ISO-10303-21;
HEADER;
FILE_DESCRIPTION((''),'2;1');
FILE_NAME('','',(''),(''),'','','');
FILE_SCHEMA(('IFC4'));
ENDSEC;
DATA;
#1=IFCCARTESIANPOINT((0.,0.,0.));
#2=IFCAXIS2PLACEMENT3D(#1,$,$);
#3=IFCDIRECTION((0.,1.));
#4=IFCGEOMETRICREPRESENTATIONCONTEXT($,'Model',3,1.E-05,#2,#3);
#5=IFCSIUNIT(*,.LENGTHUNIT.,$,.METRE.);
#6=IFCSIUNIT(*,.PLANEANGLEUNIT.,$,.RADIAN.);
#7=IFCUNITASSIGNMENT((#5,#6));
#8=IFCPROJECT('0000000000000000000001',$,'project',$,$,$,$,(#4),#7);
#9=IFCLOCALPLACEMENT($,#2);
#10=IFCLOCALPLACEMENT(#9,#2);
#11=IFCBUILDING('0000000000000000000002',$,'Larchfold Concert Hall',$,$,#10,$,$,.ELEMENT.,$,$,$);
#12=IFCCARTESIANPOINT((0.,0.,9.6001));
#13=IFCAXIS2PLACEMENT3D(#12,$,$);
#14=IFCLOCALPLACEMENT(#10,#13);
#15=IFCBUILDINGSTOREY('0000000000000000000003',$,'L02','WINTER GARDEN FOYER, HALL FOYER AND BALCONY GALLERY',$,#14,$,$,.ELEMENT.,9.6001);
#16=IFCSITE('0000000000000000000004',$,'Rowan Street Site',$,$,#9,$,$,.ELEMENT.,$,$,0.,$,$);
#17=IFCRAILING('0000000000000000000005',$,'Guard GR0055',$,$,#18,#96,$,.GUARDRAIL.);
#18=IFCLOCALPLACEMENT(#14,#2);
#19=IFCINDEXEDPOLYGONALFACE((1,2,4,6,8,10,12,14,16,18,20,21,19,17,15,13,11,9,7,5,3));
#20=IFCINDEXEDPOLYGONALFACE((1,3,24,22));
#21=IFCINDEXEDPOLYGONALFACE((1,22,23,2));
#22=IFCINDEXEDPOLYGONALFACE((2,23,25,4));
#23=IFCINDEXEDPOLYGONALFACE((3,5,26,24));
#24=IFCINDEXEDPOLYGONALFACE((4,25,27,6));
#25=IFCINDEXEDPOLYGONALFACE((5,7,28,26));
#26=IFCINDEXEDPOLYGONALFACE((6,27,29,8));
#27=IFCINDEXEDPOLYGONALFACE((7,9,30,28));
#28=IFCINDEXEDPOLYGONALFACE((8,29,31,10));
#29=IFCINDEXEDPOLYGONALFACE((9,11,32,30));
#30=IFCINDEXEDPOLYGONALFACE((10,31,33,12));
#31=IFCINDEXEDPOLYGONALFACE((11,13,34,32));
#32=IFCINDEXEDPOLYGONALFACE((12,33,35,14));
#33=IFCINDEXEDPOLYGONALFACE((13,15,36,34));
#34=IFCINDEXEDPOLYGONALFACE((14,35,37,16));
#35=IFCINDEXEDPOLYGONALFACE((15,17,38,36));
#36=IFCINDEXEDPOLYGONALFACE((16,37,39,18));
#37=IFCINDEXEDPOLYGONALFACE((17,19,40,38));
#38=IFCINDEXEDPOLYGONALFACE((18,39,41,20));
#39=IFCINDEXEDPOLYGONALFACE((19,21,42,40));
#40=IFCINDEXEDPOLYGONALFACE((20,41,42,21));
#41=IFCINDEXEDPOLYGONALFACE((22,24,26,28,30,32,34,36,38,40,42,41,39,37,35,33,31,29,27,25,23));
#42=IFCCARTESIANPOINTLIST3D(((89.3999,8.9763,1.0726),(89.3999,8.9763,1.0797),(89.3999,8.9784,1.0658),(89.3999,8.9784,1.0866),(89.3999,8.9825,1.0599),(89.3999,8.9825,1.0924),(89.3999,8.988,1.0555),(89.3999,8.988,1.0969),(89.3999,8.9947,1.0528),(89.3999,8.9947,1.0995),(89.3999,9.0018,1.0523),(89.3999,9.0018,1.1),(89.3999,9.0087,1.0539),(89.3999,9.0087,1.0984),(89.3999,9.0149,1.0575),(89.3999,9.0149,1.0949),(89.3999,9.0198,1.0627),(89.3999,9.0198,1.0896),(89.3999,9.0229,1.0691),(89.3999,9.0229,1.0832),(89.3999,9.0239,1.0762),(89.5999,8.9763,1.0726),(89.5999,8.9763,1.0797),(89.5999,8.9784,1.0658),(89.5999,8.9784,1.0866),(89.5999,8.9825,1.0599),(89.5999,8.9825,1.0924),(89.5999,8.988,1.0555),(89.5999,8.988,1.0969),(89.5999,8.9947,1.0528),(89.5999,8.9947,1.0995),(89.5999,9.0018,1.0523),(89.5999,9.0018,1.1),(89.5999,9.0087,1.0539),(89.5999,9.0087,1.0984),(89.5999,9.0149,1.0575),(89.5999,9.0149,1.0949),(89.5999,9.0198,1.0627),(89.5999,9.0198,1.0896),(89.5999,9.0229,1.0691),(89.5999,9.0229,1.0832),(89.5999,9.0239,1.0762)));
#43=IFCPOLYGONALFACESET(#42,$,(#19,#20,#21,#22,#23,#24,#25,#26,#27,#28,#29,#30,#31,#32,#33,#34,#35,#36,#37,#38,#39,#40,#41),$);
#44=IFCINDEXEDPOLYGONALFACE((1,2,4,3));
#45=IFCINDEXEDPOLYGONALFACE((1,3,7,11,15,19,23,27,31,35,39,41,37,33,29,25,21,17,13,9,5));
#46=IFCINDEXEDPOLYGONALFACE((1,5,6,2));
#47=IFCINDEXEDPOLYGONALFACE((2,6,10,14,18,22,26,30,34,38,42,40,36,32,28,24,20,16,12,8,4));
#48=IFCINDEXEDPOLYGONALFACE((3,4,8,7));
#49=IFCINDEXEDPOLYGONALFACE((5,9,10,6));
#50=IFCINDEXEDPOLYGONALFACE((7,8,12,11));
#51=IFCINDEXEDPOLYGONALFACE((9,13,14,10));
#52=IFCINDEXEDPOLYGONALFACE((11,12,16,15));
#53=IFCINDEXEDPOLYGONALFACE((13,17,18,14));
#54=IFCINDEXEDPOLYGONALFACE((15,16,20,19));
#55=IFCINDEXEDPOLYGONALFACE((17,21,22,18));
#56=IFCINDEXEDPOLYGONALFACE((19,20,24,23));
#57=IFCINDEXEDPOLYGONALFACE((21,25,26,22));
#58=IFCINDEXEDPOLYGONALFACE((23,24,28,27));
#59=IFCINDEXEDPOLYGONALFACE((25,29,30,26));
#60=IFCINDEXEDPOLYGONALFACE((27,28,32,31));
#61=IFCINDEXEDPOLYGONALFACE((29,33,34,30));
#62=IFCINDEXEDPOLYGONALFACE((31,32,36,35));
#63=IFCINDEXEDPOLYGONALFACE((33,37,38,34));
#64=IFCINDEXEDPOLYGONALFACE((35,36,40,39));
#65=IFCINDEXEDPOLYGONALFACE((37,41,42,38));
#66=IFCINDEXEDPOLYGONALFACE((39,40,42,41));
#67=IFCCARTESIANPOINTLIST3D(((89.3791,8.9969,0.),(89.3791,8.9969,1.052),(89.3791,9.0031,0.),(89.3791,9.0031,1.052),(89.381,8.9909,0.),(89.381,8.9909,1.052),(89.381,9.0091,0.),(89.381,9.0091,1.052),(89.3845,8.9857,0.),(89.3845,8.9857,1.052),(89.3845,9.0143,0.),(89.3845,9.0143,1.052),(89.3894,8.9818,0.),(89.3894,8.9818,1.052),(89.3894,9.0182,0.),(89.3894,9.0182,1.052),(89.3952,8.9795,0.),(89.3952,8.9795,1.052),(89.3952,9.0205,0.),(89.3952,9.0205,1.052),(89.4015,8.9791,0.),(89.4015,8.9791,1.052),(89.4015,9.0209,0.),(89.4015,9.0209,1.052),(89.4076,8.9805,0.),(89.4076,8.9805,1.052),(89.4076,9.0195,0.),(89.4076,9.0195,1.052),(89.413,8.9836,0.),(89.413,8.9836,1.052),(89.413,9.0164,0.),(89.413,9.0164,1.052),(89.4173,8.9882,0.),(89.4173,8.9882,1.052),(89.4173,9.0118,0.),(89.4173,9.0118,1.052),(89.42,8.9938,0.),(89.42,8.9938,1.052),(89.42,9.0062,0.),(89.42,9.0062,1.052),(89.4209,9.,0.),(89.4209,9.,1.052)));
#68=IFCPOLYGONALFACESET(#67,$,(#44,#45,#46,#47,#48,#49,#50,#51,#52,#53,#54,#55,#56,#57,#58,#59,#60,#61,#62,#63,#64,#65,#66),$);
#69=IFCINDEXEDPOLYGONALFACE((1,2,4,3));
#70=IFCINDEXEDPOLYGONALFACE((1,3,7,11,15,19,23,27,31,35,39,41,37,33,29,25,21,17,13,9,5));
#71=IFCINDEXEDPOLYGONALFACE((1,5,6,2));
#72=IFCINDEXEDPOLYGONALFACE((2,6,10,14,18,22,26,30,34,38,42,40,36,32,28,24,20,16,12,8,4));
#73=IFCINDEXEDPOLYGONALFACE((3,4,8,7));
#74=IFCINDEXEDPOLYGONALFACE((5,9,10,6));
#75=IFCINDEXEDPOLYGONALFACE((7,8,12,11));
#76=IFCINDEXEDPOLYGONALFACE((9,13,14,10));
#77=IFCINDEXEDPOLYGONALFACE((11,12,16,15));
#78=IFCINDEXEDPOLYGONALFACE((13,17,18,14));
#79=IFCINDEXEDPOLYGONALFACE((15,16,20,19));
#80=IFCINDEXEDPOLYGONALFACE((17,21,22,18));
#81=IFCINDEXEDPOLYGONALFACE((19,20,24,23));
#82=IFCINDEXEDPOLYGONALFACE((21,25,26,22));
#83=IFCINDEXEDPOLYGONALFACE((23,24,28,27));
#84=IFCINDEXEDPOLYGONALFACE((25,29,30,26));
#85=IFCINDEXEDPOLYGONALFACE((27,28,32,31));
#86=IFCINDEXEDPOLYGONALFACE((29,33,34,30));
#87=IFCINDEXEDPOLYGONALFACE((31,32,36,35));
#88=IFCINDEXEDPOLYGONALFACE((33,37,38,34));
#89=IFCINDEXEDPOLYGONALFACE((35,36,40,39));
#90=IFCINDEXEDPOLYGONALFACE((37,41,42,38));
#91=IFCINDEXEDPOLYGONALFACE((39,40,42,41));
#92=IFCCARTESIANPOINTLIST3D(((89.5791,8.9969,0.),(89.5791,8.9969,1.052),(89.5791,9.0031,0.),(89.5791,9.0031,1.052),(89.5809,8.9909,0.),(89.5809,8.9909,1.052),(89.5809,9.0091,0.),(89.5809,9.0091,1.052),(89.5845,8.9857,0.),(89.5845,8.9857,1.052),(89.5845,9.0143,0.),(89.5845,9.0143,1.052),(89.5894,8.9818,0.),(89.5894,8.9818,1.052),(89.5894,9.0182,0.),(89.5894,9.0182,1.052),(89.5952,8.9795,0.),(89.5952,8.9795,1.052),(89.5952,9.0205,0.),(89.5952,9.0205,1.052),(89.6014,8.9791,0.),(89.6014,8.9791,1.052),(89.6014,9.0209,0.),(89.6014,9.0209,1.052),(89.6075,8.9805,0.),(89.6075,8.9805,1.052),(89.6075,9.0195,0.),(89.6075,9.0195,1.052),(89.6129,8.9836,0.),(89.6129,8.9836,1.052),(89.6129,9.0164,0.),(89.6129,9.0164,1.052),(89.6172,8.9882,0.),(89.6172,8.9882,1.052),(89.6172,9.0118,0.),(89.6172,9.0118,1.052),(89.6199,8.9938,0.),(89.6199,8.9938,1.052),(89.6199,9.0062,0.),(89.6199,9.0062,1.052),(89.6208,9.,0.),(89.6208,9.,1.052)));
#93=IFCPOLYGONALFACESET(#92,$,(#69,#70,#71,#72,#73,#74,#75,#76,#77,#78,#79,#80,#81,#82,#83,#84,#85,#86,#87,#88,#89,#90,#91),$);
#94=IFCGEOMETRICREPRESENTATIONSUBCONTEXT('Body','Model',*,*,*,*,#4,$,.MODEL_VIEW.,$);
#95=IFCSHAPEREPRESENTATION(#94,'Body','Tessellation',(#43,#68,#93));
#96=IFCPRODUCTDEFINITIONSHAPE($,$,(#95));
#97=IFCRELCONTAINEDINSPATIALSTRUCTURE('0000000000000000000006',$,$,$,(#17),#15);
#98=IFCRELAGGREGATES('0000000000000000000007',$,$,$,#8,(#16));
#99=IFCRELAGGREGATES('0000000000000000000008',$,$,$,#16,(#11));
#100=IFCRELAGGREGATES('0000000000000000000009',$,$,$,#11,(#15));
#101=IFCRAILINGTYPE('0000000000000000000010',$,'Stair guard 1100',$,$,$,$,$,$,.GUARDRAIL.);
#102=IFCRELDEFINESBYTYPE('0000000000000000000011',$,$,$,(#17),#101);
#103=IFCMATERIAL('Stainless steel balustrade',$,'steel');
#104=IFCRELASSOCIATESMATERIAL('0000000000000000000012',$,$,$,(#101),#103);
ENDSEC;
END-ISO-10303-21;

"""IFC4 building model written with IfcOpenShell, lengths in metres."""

from ifc_helpers import new_model, si_unit, direction, frame, origin, origin_2d, place, context, subcontext, project, spatial, circle, extrude, material, type_object, element, save


model = new_model("IFC4")

# Units and contexts
model_context = context("Model", 3, precision=1e-05, world=origin(), true_north=direction((0.0, 1.0)))
body_context = subcontext(model_context, "Body", "Model", "MODEL_VIEW")
ifc_project = project(units=[si_unit("LENGTHUNIT", "METRE"), si_unit("PLANEANGLEUNIT", "RADIAN")], contexts=[model_context])

# Site, building, storey
site_placement = place(None, origin())
site = spatial("IfcSite", under=ifc_project, at=site_placement, Name="Rowan Street Site", CompositionType="ELEMENT", RefElevation=0.0)
building_placement = place(site_placement, origin())
building = spatial("IfcBuilding", under=site, at=building_placement, Name="Larchfold Concert Hall", CompositionType="ELEMENT")
storey_placement = place(building_placement, frame((0.0, 0.0, 9.6001)))
storey = spatial("IfcBuildingStorey", under=building, at=storey_placement, Name="L02", Description="WINTER GARDEN FOYER, HALL FOYER AND BALCONY GALLERY", CompositionType="ELEMENT", Elevation=9.6001)

# Railing
ifc_material_1 = material(Name="Stainless steel balustrade", Category="steel")
railing_type_1 = type_object("IfcRailingType", Name="Stair guard 1100", PredefinedType="GUARDRAIL", material=ifc_material_1)
railing_1_placement = place(storey_placement, frame((89.3999, 9.0, 0.0)))
element("IfcRailing", 1, at=railing_1_placement, inside=storey, type_object=railing_type_1, Name="Guard GR0055", PredefinedType="GUARDRAIL", context=body_context, shape_type="SweptSolid", body=[
    extrude(circle(Radius=0.0239, at=origin_2d()), frame((0.0, 0.0, 1.0762), z_axis=(1.0, 0.0, 0.0), x_axis=(0.0, 1.0, 0.0)), (0.0, 0.0, 1.0), 0.2),
    extrude(circle(Radius=0.021, at=origin_2d()), origin(), (0.0, 0.0, 1.0), 1.052),
    extrude(circle(Radius=0.021, at=origin_2d()), frame((0.2, 0.0, 0.0)), (0.0, 0.0, 1.0), 1.052),
])

save(model, "model.ifc")
